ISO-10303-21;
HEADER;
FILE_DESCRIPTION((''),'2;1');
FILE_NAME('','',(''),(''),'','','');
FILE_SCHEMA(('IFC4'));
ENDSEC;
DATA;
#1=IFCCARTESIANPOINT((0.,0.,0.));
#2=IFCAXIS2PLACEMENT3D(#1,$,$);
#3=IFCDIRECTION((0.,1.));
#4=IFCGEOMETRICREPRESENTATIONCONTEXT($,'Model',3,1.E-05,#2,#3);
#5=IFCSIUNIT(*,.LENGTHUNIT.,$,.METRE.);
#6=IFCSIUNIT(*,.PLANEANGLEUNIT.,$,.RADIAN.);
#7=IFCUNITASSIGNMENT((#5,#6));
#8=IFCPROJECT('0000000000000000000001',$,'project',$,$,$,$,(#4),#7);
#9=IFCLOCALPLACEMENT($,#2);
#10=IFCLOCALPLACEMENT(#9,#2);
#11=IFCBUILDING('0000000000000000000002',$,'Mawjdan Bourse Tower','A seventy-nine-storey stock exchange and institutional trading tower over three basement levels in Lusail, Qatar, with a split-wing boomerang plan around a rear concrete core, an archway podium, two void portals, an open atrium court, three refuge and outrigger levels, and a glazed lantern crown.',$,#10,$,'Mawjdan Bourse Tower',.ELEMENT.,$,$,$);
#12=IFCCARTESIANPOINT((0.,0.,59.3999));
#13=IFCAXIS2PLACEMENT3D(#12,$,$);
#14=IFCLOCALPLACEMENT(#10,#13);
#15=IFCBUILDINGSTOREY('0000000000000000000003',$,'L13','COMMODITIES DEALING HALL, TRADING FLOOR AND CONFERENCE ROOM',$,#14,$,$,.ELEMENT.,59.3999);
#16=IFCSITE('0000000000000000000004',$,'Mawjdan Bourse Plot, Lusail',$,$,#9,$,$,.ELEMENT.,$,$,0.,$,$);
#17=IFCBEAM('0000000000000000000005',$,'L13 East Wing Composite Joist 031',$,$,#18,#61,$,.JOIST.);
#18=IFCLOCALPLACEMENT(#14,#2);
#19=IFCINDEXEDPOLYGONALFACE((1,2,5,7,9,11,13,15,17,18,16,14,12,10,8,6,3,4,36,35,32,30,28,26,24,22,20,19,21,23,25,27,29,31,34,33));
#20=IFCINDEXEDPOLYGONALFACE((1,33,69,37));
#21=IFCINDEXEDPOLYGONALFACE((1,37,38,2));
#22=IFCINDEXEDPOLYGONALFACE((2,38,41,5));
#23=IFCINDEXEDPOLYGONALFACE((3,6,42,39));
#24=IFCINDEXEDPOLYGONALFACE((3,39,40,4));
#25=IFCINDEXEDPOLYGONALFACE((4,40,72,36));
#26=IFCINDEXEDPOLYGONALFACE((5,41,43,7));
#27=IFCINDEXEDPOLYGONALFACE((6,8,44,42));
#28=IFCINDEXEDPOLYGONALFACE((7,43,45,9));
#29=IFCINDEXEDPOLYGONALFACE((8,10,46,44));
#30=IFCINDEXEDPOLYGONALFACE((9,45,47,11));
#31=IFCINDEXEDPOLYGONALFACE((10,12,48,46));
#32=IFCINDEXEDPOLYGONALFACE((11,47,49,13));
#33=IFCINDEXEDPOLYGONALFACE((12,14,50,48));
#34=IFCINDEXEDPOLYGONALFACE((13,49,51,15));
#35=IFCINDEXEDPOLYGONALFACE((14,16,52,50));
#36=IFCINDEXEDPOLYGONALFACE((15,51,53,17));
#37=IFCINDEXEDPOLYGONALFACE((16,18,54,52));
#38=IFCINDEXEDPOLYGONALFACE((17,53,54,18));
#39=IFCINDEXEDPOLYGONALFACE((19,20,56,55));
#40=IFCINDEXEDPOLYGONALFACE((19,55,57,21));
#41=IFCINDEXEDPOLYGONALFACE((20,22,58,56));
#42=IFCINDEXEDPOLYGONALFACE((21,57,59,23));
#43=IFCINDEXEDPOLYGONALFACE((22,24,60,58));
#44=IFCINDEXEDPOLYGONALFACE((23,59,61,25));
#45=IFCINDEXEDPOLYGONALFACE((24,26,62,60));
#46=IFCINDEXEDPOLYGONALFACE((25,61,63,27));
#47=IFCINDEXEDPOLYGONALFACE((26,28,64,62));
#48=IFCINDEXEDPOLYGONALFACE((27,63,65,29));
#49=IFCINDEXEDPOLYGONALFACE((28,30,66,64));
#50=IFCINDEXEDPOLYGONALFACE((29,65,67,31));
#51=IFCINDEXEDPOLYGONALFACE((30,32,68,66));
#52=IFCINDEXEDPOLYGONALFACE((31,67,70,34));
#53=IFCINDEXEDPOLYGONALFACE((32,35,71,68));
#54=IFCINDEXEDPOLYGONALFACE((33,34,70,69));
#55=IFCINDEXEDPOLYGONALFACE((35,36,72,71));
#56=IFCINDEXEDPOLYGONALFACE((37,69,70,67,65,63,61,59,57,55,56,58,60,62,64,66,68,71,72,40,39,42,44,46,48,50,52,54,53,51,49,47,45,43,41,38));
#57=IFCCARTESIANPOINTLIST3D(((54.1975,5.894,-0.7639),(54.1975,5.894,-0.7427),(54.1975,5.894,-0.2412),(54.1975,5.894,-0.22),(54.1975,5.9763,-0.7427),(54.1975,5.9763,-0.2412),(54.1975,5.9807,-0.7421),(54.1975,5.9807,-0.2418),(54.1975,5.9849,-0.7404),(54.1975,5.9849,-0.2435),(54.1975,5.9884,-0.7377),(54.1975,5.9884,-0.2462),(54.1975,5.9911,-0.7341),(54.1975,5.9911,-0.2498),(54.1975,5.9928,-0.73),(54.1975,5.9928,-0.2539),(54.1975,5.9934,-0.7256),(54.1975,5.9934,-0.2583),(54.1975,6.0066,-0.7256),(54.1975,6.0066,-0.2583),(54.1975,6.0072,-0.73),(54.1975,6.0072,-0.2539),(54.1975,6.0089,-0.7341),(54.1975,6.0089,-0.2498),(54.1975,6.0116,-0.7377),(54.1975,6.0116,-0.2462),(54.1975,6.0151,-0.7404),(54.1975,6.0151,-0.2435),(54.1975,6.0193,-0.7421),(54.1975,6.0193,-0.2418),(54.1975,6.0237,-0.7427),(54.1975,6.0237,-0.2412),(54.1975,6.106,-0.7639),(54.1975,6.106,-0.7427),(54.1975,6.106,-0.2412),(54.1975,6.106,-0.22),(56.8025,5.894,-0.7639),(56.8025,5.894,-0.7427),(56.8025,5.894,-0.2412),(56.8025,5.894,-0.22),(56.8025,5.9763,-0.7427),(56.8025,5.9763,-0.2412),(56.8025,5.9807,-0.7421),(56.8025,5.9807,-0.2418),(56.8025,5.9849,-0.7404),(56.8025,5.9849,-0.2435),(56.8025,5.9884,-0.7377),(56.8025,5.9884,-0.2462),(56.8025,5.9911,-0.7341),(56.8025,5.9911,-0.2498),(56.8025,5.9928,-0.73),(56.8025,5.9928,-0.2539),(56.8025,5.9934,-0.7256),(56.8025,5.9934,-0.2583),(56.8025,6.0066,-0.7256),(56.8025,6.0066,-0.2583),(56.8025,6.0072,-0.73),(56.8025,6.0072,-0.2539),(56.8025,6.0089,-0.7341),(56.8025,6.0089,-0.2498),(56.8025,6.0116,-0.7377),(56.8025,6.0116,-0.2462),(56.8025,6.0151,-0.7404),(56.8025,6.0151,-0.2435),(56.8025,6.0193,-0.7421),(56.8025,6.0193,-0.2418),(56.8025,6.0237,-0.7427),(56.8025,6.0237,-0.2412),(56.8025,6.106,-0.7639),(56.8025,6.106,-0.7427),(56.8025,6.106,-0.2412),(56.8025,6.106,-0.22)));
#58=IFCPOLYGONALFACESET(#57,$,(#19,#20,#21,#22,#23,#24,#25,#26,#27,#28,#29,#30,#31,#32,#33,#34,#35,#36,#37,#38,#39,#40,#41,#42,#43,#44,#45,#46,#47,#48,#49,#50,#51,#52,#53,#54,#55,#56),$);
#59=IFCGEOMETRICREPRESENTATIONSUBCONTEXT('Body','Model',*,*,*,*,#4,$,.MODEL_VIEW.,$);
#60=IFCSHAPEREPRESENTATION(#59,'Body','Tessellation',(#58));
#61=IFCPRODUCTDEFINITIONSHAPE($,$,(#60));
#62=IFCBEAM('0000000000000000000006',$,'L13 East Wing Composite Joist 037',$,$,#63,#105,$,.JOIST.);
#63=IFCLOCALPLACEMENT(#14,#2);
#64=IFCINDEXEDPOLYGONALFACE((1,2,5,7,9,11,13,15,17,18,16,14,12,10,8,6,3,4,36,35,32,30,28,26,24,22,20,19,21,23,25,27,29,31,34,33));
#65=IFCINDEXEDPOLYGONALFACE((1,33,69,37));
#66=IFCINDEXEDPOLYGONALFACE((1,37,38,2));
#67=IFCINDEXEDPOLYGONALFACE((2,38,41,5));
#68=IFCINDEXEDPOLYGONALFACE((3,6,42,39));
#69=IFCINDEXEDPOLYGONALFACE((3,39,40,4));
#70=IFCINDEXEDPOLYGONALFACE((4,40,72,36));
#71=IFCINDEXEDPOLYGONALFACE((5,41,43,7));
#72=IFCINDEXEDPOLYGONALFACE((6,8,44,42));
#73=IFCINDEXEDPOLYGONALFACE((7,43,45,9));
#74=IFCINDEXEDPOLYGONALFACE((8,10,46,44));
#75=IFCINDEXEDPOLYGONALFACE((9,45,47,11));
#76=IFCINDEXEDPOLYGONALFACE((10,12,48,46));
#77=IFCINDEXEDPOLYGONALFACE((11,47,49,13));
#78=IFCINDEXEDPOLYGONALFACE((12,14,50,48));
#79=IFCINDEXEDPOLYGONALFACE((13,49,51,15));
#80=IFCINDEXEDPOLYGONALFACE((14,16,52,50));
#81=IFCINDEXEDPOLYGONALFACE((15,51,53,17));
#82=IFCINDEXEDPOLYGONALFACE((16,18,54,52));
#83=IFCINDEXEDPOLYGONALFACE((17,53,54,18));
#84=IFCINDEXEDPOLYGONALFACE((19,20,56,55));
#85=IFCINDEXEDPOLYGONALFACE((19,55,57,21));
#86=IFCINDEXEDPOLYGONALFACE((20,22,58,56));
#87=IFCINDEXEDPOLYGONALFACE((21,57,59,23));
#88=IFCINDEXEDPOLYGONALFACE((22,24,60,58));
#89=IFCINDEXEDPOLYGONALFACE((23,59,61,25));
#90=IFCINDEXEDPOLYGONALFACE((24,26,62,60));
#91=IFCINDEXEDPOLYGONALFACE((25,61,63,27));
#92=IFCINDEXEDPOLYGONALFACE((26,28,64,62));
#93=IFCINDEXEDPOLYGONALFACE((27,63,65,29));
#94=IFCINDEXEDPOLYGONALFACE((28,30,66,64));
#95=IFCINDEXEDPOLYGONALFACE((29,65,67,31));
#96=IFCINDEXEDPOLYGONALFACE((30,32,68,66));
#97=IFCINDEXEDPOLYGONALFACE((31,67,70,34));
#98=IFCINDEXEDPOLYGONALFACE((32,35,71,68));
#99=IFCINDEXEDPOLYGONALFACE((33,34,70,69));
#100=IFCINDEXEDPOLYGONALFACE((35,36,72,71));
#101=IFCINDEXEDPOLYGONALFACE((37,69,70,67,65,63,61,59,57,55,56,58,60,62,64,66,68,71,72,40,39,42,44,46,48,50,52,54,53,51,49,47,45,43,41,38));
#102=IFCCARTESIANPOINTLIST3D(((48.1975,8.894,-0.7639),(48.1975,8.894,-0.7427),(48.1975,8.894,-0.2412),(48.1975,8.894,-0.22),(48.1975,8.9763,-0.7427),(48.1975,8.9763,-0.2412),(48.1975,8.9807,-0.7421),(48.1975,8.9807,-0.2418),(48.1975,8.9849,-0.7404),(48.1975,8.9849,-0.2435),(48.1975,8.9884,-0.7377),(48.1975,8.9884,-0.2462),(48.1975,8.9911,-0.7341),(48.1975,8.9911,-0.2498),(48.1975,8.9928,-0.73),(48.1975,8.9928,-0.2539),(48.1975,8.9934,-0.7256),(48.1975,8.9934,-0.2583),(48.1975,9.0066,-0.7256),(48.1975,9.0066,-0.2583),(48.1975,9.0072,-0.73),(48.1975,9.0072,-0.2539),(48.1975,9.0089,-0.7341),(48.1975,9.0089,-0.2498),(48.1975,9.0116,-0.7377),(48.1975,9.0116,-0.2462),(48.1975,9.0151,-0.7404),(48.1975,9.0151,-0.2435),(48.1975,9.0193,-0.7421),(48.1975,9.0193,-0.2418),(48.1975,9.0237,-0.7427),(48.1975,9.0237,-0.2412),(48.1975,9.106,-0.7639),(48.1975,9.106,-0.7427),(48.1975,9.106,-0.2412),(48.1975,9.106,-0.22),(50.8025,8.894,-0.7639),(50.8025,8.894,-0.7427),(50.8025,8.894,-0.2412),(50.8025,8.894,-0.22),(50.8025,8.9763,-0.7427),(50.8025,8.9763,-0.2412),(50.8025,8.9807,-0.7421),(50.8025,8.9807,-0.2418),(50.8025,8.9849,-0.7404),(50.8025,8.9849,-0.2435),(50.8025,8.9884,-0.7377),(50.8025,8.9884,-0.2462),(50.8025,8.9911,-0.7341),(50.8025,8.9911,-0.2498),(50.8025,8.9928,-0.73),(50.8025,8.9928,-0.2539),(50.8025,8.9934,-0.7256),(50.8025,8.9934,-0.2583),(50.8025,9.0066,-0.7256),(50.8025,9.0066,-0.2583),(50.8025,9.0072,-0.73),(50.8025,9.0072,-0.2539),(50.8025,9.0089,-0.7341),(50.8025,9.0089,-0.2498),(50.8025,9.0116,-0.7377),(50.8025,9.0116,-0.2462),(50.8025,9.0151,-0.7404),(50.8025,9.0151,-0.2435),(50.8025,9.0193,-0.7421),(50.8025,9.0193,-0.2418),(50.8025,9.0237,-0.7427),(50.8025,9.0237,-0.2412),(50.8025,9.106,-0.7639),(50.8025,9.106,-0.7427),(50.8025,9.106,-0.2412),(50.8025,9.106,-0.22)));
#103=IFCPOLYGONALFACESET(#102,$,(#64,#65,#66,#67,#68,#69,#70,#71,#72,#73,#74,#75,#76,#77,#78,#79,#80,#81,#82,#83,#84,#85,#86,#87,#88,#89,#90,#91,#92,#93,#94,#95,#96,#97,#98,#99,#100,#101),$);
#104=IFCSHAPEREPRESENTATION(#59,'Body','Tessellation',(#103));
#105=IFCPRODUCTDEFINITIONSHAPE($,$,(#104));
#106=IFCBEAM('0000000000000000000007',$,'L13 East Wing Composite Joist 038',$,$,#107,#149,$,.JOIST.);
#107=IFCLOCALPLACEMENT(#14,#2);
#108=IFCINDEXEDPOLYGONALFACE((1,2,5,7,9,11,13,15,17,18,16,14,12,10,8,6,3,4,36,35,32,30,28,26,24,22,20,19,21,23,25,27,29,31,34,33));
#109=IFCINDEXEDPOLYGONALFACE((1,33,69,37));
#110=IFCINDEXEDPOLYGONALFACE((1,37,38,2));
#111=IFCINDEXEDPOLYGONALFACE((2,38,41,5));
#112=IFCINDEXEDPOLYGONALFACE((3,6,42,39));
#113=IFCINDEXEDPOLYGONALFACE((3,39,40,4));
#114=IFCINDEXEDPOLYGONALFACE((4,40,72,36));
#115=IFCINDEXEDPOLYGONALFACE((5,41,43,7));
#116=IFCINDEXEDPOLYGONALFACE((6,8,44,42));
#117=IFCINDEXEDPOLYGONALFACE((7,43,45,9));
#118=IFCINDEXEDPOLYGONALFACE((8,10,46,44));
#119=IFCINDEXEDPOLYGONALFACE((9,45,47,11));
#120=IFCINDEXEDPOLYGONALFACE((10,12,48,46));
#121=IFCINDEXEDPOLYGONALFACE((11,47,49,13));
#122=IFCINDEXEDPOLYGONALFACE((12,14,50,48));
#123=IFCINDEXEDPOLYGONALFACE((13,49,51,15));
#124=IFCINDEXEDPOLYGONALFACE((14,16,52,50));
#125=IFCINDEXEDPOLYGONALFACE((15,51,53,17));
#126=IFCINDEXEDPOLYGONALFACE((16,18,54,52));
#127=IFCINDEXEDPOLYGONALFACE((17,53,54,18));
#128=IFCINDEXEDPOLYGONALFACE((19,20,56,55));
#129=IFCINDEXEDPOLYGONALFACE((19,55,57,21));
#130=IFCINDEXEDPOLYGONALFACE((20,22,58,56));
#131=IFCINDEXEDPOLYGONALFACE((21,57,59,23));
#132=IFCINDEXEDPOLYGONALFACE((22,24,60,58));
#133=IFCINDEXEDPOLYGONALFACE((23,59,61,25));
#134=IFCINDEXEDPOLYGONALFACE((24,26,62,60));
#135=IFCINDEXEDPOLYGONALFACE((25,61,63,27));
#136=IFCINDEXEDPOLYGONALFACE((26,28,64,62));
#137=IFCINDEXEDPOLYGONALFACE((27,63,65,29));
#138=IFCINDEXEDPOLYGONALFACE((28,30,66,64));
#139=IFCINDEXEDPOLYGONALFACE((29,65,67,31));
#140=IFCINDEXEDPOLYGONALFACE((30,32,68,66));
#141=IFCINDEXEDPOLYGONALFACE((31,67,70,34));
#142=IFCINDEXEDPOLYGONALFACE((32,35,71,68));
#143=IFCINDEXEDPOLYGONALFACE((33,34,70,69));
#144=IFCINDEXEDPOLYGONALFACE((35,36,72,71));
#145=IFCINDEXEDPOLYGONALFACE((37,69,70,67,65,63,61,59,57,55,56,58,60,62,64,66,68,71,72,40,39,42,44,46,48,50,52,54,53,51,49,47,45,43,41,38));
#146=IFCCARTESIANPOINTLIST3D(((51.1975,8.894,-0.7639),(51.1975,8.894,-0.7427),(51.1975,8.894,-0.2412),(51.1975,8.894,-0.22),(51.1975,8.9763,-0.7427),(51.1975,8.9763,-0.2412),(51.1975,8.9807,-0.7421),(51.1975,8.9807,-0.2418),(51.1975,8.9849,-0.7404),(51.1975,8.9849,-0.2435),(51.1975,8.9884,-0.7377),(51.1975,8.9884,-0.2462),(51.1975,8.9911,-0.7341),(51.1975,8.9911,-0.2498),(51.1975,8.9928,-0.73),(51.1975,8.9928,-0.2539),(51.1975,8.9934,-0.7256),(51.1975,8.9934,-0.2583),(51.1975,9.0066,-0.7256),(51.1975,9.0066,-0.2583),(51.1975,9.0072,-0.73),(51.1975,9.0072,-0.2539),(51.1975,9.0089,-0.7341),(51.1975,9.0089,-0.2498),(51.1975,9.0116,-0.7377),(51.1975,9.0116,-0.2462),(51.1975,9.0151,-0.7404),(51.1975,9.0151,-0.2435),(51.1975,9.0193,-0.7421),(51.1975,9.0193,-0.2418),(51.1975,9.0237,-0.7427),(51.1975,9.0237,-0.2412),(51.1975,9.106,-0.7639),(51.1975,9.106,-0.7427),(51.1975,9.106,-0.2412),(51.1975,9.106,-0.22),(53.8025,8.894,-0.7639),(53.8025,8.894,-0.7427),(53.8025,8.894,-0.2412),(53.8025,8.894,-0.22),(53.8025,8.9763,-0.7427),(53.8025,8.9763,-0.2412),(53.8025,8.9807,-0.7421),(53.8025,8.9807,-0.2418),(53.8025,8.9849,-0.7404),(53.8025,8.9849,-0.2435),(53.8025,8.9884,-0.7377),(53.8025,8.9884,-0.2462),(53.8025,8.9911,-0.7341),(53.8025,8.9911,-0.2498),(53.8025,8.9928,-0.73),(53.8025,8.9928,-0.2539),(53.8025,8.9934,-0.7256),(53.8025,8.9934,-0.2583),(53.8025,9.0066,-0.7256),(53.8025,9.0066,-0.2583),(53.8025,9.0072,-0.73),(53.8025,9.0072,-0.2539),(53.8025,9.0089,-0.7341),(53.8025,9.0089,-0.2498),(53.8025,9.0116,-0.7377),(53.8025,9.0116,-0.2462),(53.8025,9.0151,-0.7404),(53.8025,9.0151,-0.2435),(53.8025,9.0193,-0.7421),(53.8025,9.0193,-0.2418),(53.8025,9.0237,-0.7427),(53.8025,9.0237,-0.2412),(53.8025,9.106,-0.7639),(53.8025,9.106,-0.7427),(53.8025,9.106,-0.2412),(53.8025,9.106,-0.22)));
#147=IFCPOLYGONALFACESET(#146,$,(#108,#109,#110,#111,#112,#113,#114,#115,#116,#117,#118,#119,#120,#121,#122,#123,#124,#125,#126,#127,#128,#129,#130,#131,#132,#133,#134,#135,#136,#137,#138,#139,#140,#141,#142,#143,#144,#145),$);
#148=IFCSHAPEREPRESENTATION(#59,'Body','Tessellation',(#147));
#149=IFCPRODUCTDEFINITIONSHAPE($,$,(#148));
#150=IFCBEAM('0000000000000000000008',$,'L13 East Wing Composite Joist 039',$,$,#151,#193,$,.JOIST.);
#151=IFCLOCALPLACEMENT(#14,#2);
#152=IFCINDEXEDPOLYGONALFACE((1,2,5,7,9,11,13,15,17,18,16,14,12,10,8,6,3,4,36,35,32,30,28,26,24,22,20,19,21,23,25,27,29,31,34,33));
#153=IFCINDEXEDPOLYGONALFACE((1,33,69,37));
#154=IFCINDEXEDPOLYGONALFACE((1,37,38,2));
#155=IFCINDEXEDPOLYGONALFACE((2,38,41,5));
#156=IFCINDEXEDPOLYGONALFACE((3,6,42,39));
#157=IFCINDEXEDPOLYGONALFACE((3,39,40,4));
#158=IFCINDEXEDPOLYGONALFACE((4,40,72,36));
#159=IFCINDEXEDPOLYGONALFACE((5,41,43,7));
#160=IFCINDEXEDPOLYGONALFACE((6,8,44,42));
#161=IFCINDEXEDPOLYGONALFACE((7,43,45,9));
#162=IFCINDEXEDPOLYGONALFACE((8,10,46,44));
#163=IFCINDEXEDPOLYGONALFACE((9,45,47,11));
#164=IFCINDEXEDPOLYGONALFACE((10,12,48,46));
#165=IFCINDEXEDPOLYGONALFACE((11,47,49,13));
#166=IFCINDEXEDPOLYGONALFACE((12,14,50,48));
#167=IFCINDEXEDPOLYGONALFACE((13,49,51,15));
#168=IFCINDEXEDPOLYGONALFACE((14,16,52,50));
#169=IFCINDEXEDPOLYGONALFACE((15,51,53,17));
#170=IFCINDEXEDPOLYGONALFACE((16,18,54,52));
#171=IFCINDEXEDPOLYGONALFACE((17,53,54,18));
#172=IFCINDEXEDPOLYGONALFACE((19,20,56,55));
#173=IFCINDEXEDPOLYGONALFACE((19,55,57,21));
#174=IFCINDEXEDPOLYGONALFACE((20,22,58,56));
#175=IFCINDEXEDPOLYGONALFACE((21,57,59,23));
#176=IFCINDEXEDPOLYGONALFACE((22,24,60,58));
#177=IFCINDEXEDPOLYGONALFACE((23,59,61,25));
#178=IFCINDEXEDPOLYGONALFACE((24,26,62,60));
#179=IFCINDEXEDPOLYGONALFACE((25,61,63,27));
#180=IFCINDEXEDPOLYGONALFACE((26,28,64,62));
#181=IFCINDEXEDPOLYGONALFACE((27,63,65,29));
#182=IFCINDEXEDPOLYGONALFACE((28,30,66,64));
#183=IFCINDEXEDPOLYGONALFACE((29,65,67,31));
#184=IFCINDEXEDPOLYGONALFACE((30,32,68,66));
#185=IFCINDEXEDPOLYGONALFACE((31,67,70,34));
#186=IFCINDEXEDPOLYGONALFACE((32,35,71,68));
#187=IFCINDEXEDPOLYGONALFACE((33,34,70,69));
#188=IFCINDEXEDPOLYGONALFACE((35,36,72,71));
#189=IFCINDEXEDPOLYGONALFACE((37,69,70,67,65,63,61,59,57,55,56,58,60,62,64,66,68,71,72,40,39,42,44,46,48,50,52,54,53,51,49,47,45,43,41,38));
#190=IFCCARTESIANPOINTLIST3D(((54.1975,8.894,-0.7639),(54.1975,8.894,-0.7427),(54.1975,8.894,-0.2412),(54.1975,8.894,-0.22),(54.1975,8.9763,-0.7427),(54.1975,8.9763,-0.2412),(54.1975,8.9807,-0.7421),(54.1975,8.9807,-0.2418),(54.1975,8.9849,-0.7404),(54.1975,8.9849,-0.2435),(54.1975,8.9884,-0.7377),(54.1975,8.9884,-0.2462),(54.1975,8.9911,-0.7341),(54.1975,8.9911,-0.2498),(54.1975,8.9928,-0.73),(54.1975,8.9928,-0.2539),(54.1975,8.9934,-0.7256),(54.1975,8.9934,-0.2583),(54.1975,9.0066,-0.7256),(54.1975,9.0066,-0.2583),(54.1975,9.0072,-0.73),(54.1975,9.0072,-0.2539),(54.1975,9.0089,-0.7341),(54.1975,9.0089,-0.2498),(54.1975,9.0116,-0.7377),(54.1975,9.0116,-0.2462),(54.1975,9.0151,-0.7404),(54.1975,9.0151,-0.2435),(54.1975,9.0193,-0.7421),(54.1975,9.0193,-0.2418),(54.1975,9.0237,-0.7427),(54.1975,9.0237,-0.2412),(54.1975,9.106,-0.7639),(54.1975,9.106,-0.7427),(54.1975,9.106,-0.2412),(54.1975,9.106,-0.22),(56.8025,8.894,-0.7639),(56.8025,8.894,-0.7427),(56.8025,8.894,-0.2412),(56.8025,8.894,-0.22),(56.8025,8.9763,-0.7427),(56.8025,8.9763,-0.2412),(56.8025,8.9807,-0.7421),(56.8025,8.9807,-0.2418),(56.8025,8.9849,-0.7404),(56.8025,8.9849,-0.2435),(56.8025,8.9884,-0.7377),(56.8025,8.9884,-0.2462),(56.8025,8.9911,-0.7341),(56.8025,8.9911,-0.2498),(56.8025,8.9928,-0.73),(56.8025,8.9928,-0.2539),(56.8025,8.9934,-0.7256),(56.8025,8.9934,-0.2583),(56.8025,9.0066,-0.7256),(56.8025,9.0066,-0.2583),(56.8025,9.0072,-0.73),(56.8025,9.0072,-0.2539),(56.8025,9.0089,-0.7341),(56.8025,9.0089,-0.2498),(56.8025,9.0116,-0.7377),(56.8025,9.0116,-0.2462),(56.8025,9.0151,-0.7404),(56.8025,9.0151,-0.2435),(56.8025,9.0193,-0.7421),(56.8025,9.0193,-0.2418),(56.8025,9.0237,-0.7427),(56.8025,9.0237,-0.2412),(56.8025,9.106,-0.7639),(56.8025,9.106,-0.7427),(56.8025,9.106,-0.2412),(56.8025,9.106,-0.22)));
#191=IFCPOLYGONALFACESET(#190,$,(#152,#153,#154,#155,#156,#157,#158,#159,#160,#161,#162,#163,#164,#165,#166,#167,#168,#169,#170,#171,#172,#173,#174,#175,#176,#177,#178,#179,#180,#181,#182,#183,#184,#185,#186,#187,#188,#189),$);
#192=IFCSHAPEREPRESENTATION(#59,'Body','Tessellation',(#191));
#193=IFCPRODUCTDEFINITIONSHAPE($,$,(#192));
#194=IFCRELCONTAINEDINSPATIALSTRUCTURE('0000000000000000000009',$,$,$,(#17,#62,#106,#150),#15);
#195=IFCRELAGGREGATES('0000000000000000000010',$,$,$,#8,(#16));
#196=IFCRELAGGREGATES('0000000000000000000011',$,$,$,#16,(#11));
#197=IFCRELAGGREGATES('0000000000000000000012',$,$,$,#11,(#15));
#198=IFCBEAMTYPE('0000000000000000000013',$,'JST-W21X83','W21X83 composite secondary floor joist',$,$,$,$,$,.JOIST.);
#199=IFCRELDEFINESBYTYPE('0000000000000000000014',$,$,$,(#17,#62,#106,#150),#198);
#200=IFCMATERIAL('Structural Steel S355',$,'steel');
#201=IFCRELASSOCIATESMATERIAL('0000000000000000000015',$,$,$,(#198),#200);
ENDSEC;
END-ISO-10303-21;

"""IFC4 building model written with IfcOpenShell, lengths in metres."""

from ifc_helpers import new_model, si_unit, direction, frame, origin, origin_2d, place, context, subcontext, project, spatial, i_section, extrude, material, material_profile, profile_set, type_object, element, save


model = new_model("IFC4")

# Units and contexts
model_context = context("Model", 3, precision=1e-05, world=origin(), true_north=direction((0.0, 1.0)))
body_context = subcontext(model_context, "Body", "Model", "MODEL_VIEW")
ifc_project = project(units=[si_unit("LENGTHUNIT", "METRE"), si_unit("PLANEANGLEUNIT", "RADIAN")], contexts=[model_context])

# Site, building, storey
site_placement = place(None, origin())
site = spatial("IfcSite", under=ifc_project, at=site_placement, Name="Mawjdan Bourse Plot, Lusail", CompositionType="ELEMENT", RefElevation=0.0)
building_placement = place(site_placement, origin())
building = spatial("IfcBuilding", under=site, at=building_placement, Name="Mawjdan Bourse Tower", Description="A seventy-nine-storey stock exchange and institutional trading tower over three basement levels in Lusail, Qatar, with a split-wing boomerang plan around a rear concrete core, an archway podium, two void portals, an open atrium court, three refuge and outrigger levels, and a glazed lantern crown.", LongName="Mawjdan Bourse Tower", CompositionType="ELEMENT")
storey_placement = place(building_placement, frame((0.0, 0.0, 59.3999)))
storey = spatial("IfcBuildingStorey", under=building, at=storey_placement, Name="L13", Description="COMMODITIES DEALING HALL, TRADING FLOOR AND CONFERENCE ROOM", CompositionType="ELEMENT", Elevation=59.3999)

# Beams
ifc_material_1 = material(Name="Structural Steel S355", Category="steel")
ifc_material_profile_1 = material_profile(ifc_material_1, i_section(OverallWidth=0.2119, OverallDepth=0.5439, WebThickness=0.0132, FlangeThickness=0.0212, FilletRadius=0.0171, at=origin_2d()), Name="W21X83")
ifc_profile_set_1 = profile_set([ifc_material_profile_1], Name="Structural Steel S355")
beam_type_1 = type_object("IfcBeamType", Name="JST-W21X83", Description="W21X83 composite secondary floor joist", PredefinedType="JOIST", material=ifc_profile_set_1)
for number, where, z_axis, x_axis, name in (
    (1, (54.1975, 6.0, -0.4919), (1.0, 0.0, 0.0), (0.0, 1.0, 0.0), "L13 East Wing Composite Joist 031"),
    (2, (48.1975, 9.0, -0.4919), (1.0, 0.0, 0.0), (0.0, 1.0, 0.0), "L13 East Wing Composite Joist 037"),
    (3, (51.1975, 9.0, -0.4919), (1.0, 0.0, 0.0), (0.0, 1.0, 0.0), "L13 East Wing Composite Joist 038"),
    (4, (54.1975, 9.0, -0.4919), (1.0, 0.0, 0.0), (0.0, 1.0, 0.0), "L13 East Wing Composite Joist 039"),
):
    element("IfcBeam", number, at=place(storey_placement, frame(where, z_axis=z_axis, x_axis=x_axis)), inside=storey, type_object=beam_type_1, Name=name, PredefinedType="JOIST", context=body_context, shape_type="SweptSolid", body=[
        extrude(i_section(OverallWidth=0.2119, OverallDepth=0.5439, WebThickness=0.0132, FlangeThickness=0.0212, FilletRadius=0.0171, at=origin_2d()), origin(), (0.0, 0.0, 1.0), 2.605),
    ])

save(model, "model.ifc")
